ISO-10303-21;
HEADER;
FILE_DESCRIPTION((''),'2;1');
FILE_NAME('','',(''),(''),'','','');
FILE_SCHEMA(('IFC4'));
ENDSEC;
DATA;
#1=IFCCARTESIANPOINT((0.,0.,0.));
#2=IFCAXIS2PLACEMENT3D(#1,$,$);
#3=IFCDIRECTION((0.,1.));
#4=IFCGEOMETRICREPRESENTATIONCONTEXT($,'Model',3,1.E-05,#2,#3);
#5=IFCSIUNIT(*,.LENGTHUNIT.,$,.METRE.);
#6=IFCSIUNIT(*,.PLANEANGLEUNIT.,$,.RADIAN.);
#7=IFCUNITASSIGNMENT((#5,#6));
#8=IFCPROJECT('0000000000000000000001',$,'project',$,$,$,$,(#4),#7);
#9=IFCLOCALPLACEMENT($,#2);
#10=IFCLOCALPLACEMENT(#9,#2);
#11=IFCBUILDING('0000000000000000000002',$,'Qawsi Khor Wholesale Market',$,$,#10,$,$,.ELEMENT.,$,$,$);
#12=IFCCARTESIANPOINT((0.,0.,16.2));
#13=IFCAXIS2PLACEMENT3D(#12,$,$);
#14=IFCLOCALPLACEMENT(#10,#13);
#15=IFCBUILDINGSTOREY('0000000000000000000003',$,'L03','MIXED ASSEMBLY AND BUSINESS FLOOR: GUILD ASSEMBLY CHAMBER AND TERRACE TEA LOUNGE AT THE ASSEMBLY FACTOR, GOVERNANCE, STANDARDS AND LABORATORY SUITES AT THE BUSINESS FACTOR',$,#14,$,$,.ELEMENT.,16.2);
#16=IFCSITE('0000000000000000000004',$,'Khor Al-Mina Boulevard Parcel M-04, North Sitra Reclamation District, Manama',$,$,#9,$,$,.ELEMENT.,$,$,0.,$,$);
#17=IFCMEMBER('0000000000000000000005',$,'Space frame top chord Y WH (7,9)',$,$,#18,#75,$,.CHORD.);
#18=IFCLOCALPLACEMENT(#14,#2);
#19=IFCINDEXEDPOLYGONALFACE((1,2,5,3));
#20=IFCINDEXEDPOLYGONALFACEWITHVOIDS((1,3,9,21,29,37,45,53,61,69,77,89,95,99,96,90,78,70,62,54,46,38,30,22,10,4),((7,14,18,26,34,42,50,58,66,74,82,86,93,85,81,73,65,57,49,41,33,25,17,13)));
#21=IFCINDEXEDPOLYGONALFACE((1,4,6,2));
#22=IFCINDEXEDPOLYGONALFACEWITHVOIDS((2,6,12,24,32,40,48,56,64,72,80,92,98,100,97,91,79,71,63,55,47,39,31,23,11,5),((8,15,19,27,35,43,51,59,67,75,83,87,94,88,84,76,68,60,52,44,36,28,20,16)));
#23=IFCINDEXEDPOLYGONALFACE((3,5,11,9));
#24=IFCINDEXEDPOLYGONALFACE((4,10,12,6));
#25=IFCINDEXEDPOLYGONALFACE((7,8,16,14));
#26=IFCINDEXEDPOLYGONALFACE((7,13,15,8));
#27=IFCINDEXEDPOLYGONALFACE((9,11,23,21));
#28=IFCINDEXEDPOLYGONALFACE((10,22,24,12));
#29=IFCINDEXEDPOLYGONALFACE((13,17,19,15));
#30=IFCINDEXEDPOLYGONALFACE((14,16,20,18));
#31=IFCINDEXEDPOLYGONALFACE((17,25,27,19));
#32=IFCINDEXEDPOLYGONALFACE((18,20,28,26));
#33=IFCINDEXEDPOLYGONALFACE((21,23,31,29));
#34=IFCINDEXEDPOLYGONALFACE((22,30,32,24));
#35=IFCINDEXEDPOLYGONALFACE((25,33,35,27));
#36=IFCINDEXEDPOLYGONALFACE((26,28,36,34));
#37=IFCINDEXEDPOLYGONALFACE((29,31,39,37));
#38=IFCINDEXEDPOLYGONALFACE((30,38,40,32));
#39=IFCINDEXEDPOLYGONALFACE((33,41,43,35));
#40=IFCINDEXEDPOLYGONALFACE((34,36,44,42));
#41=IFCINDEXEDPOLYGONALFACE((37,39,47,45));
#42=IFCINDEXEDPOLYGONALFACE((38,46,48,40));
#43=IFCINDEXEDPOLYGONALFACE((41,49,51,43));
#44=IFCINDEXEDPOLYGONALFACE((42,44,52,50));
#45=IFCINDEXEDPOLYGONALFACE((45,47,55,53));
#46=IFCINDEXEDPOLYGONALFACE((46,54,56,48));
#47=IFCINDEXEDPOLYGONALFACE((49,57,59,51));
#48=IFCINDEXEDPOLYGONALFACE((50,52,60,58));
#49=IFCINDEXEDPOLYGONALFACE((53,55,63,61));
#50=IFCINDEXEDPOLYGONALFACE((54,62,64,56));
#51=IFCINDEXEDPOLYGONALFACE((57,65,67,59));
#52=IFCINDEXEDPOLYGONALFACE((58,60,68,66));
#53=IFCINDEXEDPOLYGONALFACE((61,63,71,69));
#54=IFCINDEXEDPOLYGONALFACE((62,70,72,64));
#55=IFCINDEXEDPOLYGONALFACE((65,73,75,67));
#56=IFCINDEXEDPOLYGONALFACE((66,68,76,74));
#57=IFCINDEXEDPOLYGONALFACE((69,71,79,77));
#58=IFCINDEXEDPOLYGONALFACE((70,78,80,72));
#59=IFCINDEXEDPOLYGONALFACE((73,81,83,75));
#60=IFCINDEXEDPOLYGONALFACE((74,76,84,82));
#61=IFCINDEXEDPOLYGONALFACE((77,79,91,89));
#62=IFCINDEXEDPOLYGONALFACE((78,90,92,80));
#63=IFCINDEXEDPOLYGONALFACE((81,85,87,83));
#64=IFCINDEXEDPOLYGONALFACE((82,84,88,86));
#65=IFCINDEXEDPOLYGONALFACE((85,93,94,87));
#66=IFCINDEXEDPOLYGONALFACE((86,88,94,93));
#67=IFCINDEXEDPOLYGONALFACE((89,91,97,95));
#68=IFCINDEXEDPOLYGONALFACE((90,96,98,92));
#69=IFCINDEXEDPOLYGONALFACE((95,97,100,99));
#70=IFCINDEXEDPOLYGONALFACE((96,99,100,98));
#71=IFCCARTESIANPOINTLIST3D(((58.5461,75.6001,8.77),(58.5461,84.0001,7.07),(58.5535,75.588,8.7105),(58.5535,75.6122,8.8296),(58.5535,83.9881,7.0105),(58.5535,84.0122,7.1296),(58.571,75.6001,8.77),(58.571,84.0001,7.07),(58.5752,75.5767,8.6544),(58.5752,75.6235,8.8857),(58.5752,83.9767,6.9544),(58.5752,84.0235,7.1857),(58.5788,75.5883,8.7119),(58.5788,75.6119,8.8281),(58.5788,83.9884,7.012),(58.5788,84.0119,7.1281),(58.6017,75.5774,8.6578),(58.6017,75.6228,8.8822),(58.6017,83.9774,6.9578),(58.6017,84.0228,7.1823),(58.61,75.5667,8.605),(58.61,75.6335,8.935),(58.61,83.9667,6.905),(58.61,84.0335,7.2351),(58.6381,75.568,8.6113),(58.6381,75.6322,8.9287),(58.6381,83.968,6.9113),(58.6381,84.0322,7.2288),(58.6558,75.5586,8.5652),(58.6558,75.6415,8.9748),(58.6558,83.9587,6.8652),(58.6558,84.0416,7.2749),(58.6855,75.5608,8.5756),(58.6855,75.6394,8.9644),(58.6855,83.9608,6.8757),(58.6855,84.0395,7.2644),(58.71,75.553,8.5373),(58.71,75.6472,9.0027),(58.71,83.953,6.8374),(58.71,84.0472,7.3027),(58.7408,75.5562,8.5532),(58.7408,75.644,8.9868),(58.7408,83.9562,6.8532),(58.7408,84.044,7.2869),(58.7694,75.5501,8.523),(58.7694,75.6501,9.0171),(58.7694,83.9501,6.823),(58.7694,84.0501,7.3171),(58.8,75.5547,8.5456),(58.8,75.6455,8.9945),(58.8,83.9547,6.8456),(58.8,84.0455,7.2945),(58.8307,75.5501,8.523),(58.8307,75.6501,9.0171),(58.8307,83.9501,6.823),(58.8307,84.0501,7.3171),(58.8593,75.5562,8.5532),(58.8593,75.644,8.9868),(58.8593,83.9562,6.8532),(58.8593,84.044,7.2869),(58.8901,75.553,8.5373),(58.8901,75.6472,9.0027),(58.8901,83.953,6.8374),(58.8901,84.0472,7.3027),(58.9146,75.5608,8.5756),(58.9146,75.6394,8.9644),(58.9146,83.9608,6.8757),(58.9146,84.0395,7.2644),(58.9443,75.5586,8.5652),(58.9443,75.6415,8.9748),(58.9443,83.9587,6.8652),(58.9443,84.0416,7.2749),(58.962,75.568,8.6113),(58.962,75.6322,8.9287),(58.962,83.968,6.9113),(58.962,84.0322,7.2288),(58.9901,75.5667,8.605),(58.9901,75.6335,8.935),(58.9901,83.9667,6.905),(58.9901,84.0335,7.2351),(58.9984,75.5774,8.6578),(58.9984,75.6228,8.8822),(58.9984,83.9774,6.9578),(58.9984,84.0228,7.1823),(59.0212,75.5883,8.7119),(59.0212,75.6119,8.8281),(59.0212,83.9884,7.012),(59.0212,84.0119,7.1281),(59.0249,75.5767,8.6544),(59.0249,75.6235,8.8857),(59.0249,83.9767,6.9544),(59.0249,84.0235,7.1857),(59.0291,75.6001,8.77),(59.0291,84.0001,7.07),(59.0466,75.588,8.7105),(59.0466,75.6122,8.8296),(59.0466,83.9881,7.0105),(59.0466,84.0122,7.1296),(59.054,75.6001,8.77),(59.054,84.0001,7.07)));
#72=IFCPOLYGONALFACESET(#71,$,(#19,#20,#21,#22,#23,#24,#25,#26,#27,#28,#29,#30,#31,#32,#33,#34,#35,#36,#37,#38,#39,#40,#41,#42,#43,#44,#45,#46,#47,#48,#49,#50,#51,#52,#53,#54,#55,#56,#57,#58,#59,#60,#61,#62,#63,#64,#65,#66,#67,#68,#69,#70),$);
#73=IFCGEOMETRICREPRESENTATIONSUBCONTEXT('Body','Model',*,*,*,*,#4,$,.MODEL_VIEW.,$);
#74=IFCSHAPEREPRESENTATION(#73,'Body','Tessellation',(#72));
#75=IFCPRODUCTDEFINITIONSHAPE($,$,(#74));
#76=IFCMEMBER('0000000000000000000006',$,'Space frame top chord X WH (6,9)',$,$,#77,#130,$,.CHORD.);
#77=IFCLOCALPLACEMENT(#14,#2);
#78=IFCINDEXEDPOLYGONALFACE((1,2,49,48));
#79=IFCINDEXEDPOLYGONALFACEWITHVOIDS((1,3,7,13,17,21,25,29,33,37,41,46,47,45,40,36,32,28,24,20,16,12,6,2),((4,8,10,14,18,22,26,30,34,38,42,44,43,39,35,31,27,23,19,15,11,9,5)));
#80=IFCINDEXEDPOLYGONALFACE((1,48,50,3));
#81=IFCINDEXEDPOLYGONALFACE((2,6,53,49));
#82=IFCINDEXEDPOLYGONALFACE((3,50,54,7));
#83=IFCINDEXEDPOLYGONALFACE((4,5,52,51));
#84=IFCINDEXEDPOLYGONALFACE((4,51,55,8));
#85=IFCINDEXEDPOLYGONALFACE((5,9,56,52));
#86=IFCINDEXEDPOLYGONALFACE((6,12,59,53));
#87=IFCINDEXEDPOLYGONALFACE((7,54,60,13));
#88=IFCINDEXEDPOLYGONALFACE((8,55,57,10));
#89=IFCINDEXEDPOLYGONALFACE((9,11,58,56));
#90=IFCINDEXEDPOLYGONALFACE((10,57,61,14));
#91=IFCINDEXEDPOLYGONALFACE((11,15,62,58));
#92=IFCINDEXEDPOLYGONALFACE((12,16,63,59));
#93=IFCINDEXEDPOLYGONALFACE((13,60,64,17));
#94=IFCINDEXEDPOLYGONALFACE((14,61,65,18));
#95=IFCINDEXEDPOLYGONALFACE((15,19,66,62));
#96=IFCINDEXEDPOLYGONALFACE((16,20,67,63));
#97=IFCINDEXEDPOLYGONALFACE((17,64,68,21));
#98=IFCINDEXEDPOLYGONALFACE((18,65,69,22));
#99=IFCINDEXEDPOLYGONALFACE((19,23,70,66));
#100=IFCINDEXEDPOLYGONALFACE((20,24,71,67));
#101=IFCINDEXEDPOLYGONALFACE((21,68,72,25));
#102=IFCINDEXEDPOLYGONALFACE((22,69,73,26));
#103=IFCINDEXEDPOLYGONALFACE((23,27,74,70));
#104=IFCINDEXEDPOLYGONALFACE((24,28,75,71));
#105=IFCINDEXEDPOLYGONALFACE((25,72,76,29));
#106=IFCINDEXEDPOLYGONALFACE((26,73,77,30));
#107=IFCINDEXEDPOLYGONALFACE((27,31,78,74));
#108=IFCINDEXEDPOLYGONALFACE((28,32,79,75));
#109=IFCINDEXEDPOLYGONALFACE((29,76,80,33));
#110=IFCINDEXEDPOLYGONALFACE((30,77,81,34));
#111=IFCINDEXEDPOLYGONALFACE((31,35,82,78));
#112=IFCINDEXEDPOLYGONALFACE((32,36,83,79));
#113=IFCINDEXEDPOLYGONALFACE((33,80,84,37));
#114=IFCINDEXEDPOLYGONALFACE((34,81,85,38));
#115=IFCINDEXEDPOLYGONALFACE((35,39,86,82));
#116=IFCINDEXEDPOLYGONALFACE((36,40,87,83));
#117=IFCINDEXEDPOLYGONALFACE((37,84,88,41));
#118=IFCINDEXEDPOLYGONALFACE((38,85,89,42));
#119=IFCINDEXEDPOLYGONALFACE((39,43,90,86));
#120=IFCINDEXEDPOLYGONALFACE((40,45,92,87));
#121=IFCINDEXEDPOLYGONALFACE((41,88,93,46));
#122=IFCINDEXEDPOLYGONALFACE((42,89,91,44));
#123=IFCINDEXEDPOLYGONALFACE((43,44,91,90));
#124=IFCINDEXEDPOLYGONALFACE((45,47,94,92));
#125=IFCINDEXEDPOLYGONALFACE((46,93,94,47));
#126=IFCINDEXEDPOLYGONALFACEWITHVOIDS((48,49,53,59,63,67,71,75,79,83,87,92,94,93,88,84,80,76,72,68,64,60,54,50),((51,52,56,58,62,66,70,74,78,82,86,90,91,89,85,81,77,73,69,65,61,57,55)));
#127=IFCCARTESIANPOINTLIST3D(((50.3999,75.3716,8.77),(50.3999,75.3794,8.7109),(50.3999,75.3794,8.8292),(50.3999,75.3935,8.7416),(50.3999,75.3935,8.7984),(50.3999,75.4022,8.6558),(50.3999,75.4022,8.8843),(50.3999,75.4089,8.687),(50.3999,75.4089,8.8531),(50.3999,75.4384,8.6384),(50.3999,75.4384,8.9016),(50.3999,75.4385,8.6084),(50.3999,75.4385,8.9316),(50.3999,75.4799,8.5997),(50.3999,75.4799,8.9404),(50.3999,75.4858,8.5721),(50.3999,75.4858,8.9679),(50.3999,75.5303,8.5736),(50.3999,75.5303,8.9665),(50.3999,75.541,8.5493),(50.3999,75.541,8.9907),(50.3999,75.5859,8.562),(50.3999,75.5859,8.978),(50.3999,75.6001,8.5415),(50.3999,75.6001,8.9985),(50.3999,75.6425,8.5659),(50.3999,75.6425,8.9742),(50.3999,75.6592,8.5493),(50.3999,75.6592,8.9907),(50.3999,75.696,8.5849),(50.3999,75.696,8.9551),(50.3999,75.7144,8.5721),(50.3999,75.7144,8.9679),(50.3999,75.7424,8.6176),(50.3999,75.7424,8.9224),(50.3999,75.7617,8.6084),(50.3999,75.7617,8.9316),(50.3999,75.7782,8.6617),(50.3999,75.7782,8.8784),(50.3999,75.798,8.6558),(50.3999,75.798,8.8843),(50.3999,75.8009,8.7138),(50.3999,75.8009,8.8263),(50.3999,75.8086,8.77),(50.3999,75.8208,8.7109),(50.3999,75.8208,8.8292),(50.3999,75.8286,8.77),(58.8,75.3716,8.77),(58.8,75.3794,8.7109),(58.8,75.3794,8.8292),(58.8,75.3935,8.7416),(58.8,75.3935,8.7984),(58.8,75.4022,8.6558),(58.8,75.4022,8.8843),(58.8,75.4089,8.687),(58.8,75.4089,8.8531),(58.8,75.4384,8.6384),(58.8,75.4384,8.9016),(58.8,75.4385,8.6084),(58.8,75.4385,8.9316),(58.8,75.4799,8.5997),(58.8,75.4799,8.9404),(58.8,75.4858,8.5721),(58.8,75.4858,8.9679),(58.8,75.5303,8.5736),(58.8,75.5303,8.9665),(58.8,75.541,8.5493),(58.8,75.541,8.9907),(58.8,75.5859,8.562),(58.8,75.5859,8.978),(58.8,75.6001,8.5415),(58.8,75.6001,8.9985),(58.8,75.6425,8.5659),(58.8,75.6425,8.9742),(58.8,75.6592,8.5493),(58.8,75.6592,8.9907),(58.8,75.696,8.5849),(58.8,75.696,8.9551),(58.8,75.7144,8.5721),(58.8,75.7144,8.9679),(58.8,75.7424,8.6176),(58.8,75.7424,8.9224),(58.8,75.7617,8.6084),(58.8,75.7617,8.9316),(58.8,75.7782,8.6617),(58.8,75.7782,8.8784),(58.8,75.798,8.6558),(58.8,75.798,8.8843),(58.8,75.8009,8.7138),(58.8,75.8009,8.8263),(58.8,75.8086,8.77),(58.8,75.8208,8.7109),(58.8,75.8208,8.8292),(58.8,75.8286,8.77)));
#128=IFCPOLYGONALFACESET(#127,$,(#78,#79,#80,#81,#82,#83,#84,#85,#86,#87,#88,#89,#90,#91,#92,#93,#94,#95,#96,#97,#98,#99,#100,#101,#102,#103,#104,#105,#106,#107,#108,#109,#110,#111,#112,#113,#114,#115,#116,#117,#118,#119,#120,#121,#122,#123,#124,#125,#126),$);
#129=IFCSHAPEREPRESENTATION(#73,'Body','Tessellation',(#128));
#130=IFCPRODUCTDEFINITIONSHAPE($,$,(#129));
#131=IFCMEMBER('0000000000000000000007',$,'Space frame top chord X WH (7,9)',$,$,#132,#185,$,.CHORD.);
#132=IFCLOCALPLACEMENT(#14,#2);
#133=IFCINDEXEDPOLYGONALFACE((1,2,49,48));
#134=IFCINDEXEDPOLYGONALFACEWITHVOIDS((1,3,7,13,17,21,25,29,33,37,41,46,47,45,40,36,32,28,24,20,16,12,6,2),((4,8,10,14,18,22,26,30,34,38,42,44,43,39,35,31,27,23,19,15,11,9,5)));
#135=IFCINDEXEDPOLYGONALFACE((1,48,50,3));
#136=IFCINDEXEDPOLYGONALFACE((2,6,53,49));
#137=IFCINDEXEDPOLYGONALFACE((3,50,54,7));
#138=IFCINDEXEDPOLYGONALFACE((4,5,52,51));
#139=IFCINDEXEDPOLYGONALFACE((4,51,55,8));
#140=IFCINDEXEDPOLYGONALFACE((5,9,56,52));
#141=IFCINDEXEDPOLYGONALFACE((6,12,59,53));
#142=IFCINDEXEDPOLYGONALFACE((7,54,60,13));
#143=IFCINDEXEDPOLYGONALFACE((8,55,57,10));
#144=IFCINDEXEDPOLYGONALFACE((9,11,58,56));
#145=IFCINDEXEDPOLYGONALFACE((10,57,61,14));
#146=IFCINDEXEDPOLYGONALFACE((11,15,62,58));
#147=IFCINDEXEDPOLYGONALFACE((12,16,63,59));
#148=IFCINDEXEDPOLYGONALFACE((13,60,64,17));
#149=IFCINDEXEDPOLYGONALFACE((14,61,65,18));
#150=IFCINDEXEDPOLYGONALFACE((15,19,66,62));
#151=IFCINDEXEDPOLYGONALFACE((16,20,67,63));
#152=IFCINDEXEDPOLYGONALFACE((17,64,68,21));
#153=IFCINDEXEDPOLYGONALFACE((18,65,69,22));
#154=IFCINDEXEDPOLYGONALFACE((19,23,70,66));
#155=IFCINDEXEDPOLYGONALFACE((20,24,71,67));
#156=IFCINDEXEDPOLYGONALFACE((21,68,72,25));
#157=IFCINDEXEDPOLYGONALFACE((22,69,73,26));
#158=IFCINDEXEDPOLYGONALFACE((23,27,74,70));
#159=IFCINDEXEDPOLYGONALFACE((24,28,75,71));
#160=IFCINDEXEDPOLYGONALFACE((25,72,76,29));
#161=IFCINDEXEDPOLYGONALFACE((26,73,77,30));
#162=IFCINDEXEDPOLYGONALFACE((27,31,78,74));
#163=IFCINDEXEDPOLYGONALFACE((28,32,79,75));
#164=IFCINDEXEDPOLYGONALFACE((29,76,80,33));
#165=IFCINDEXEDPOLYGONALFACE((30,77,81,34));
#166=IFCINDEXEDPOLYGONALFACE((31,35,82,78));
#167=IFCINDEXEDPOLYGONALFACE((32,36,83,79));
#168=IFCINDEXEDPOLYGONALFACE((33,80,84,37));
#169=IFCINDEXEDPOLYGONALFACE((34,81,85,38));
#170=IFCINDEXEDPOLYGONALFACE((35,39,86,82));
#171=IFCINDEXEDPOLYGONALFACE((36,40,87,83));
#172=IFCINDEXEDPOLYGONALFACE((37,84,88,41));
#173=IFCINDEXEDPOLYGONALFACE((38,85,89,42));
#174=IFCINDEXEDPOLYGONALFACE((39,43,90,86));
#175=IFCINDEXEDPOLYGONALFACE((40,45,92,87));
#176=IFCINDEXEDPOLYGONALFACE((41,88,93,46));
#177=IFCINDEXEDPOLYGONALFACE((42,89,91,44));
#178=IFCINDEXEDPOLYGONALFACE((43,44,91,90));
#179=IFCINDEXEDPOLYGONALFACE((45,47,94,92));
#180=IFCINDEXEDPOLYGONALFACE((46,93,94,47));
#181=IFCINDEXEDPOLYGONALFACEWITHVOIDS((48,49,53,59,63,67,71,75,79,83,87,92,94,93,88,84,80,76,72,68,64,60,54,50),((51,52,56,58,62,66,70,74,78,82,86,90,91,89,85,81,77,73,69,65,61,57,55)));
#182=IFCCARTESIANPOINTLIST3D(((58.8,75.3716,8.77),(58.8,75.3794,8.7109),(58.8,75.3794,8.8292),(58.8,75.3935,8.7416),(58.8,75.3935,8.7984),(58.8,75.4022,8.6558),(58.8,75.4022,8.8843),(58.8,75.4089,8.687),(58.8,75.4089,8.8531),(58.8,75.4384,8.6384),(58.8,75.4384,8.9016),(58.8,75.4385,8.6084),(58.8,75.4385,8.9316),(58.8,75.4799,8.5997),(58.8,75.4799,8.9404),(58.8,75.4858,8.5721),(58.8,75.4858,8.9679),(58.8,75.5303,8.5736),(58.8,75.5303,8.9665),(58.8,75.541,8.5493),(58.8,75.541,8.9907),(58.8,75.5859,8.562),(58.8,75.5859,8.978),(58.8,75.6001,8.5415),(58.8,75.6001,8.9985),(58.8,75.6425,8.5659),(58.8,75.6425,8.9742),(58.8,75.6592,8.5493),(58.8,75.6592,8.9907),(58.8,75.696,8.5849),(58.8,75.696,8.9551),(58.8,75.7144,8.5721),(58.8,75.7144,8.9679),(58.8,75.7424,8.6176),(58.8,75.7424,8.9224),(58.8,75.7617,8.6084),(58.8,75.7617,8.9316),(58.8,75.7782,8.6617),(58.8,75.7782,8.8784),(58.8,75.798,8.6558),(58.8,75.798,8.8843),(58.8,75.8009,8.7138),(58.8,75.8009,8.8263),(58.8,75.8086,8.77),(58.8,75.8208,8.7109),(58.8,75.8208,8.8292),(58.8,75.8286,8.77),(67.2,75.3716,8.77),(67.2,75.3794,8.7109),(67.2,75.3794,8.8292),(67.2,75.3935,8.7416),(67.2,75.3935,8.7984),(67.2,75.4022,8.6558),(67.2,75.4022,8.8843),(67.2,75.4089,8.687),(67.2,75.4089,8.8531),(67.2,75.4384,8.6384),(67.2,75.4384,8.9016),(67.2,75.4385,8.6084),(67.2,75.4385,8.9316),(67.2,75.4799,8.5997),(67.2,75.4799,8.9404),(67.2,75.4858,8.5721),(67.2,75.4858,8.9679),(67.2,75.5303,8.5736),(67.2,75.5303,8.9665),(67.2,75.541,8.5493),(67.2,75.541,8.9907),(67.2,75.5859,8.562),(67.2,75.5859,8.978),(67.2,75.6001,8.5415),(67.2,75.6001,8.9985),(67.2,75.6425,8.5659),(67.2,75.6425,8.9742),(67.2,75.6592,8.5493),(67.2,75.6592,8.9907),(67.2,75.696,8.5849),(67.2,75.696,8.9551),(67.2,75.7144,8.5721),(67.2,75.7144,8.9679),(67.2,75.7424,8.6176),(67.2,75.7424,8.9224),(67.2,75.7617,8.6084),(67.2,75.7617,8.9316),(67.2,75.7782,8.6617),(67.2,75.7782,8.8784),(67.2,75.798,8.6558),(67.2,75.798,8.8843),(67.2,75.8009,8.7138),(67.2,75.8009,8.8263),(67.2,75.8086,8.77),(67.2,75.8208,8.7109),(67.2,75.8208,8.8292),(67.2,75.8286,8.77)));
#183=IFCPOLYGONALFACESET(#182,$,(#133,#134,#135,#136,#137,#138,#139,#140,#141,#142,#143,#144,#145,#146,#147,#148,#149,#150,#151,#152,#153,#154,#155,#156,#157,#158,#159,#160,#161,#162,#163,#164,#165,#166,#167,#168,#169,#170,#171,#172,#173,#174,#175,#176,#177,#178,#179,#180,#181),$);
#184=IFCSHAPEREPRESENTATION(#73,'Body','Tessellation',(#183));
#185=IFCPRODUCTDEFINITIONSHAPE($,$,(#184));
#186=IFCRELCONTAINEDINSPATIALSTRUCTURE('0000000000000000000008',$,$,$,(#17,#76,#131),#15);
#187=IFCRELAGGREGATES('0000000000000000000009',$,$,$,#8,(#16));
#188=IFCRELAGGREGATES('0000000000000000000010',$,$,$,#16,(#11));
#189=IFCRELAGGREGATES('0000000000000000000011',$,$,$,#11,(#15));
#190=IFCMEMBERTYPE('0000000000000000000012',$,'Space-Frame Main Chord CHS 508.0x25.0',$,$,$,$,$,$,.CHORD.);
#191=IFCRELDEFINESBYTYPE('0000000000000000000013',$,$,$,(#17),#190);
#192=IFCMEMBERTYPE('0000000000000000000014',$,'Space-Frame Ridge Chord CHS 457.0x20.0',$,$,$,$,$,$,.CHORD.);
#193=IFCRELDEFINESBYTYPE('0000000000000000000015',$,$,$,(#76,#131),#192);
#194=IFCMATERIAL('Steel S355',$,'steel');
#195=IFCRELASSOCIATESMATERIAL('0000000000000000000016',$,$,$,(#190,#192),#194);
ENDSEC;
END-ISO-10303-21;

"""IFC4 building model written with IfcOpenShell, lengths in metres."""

from ifc_helpers import new_model, si_unit, direction, frame, origin, origin_2d, place, context, subcontext, project, spatial, hollow_circle, extrude, material, material_profile, profile_set, type_object, element, save


model = new_model("IFC4")

# Units and contexts
model_context = context("Model", 3, precision=1e-05, world=origin(), true_north=direction((0.0, 1.0)))
body_context = subcontext(model_context, "Body", "Model", "MODEL_VIEW")
ifc_project = project(units=[si_unit("LENGTHUNIT", "METRE"), si_unit("PLANEANGLEUNIT", "RADIAN")], contexts=[model_context])

# Site, building, storey
site_placement = place(None, origin())
site = spatial("IfcSite", under=ifc_project, at=site_placement, Name="Khor Al-Mina Boulevard Parcel M-04, North Sitra Reclamation District, Manama", CompositionType="ELEMENT", RefElevation=0.0)
building_placement = place(site_placement, origin())
building = spatial("IfcBuilding", under=site, at=building_placement, Name="Qawsi Khor Wholesale Market", CompositionType="ELEMENT")
storey_placement = place(building_placement, frame((0.0, 0.0, 16.2)))
storey = spatial("IfcBuildingStorey", under=building, at=storey_placement, Name="L03", Description="MIXED ASSEMBLY AND BUSINESS FLOOR: GUILD ASSEMBLY CHAMBER AND TERRACE TEA LOUNGE AT THE ASSEMBLY FACTOR, GOVERNANCE, STANDARDS AND LABORATORY SUITES AT THE BUSINESS FACTOR", CompositionType="ELEMENT", Elevation=16.2)

# Members
ifc_material_1 = material(Name="Steel S355", Category="steel")
ifc_material_profile_1 = material_profile(ifc_material_1, hollow_circle(Radius=0.2539, WallThickness=0.0249, at=origin_2d()), Name="CHS 508.0x25.0")
ifc_profile_set_1 = profile_set([ifc_material_profile_1], Name="Steel S355")
member_type_1 = type_object("IfcMemberType", Name="Space-Frame Main Chord CHS 508.0x25.0", PredefinedType="CHORD", material=ifc_profile_set_1)
member_1_placement = place(storey_placement, frame((58.8, 75.6001, 8.77), z_axis=(0.0, 0.98013, -0.198356), x_axis=(-1.0, 0.0, 0.0)))
element("IfcMember", 1, at=member_1_placement, inside=storey, type_object=member_type_1, Name="Space frame top chord Y WH (7,9)", PredefinedType="CHORD", context=body_context, shape_type="SweptSolid", body=[
    extrude(hollow_circle(Radius=0.2539, WallThickness=0.0249, at=origin_2d()), origin(), (0.0, 0.0, 1.0), 8.5703),
])
ifc_material_profile_2 = material_profile(ifc_material_1, hollow_circle(Radius=0.2285, WallThickness=0.02, at=origin_2d()), Name="CHS 457.0x20.0")
ifc_profile_set_2 = profile_set([ifc_material_profile_2], Name="Steel S355")
member_type_2 = type_object("IfcMemberType", Name="Space-Frame Ridge Chord CHS 457.0x20.0", PredefinedType="CHORD", material=ifc_profile_set_2)
member_2_placement = place(storey_placement, frame((50.3999, 75.6001, 8.77), z_axis=(1.0, 0.0, 0.0), x_axis=(0.0, 1.0, 0.0)))
element("IfcMember", 2, at=member_2_placement, inside=storey, type_object=member_type_2, Name="Space frame top chord X WH (6,9)", PredefinedType="CHORD", context=body_context, shape_type="SweptSolid", body=[
    extrude(hollow_circle(Radius=0.2285, WallThickness=0.02, at=origin_2d()), origin(), (0.0, 0.0, 1.0), 8.4001),
])
member_3_placement = place(storey_placement, frame((58.8, 75.6001, 8.77), z_axis=(1.0, 0.0, 0.0), x_axis=(0.0, 1.0, 0.0)))
element("IfcMember", 3, at=member_3_placement, inside=storey, type_object=member_type_2, Name="Space frame top chord X WH (7,9)", PredefinedType="CHORD", context=body_context, shape_type="SweptSolid", body=[
    extrude(hollow_circle(Radius=0.2285, WallThickness=0.02, at=origin_2d()), origin(), (0.0, 0.0, 1.0), 8.3999),
])

save(model, "model.ifc")
